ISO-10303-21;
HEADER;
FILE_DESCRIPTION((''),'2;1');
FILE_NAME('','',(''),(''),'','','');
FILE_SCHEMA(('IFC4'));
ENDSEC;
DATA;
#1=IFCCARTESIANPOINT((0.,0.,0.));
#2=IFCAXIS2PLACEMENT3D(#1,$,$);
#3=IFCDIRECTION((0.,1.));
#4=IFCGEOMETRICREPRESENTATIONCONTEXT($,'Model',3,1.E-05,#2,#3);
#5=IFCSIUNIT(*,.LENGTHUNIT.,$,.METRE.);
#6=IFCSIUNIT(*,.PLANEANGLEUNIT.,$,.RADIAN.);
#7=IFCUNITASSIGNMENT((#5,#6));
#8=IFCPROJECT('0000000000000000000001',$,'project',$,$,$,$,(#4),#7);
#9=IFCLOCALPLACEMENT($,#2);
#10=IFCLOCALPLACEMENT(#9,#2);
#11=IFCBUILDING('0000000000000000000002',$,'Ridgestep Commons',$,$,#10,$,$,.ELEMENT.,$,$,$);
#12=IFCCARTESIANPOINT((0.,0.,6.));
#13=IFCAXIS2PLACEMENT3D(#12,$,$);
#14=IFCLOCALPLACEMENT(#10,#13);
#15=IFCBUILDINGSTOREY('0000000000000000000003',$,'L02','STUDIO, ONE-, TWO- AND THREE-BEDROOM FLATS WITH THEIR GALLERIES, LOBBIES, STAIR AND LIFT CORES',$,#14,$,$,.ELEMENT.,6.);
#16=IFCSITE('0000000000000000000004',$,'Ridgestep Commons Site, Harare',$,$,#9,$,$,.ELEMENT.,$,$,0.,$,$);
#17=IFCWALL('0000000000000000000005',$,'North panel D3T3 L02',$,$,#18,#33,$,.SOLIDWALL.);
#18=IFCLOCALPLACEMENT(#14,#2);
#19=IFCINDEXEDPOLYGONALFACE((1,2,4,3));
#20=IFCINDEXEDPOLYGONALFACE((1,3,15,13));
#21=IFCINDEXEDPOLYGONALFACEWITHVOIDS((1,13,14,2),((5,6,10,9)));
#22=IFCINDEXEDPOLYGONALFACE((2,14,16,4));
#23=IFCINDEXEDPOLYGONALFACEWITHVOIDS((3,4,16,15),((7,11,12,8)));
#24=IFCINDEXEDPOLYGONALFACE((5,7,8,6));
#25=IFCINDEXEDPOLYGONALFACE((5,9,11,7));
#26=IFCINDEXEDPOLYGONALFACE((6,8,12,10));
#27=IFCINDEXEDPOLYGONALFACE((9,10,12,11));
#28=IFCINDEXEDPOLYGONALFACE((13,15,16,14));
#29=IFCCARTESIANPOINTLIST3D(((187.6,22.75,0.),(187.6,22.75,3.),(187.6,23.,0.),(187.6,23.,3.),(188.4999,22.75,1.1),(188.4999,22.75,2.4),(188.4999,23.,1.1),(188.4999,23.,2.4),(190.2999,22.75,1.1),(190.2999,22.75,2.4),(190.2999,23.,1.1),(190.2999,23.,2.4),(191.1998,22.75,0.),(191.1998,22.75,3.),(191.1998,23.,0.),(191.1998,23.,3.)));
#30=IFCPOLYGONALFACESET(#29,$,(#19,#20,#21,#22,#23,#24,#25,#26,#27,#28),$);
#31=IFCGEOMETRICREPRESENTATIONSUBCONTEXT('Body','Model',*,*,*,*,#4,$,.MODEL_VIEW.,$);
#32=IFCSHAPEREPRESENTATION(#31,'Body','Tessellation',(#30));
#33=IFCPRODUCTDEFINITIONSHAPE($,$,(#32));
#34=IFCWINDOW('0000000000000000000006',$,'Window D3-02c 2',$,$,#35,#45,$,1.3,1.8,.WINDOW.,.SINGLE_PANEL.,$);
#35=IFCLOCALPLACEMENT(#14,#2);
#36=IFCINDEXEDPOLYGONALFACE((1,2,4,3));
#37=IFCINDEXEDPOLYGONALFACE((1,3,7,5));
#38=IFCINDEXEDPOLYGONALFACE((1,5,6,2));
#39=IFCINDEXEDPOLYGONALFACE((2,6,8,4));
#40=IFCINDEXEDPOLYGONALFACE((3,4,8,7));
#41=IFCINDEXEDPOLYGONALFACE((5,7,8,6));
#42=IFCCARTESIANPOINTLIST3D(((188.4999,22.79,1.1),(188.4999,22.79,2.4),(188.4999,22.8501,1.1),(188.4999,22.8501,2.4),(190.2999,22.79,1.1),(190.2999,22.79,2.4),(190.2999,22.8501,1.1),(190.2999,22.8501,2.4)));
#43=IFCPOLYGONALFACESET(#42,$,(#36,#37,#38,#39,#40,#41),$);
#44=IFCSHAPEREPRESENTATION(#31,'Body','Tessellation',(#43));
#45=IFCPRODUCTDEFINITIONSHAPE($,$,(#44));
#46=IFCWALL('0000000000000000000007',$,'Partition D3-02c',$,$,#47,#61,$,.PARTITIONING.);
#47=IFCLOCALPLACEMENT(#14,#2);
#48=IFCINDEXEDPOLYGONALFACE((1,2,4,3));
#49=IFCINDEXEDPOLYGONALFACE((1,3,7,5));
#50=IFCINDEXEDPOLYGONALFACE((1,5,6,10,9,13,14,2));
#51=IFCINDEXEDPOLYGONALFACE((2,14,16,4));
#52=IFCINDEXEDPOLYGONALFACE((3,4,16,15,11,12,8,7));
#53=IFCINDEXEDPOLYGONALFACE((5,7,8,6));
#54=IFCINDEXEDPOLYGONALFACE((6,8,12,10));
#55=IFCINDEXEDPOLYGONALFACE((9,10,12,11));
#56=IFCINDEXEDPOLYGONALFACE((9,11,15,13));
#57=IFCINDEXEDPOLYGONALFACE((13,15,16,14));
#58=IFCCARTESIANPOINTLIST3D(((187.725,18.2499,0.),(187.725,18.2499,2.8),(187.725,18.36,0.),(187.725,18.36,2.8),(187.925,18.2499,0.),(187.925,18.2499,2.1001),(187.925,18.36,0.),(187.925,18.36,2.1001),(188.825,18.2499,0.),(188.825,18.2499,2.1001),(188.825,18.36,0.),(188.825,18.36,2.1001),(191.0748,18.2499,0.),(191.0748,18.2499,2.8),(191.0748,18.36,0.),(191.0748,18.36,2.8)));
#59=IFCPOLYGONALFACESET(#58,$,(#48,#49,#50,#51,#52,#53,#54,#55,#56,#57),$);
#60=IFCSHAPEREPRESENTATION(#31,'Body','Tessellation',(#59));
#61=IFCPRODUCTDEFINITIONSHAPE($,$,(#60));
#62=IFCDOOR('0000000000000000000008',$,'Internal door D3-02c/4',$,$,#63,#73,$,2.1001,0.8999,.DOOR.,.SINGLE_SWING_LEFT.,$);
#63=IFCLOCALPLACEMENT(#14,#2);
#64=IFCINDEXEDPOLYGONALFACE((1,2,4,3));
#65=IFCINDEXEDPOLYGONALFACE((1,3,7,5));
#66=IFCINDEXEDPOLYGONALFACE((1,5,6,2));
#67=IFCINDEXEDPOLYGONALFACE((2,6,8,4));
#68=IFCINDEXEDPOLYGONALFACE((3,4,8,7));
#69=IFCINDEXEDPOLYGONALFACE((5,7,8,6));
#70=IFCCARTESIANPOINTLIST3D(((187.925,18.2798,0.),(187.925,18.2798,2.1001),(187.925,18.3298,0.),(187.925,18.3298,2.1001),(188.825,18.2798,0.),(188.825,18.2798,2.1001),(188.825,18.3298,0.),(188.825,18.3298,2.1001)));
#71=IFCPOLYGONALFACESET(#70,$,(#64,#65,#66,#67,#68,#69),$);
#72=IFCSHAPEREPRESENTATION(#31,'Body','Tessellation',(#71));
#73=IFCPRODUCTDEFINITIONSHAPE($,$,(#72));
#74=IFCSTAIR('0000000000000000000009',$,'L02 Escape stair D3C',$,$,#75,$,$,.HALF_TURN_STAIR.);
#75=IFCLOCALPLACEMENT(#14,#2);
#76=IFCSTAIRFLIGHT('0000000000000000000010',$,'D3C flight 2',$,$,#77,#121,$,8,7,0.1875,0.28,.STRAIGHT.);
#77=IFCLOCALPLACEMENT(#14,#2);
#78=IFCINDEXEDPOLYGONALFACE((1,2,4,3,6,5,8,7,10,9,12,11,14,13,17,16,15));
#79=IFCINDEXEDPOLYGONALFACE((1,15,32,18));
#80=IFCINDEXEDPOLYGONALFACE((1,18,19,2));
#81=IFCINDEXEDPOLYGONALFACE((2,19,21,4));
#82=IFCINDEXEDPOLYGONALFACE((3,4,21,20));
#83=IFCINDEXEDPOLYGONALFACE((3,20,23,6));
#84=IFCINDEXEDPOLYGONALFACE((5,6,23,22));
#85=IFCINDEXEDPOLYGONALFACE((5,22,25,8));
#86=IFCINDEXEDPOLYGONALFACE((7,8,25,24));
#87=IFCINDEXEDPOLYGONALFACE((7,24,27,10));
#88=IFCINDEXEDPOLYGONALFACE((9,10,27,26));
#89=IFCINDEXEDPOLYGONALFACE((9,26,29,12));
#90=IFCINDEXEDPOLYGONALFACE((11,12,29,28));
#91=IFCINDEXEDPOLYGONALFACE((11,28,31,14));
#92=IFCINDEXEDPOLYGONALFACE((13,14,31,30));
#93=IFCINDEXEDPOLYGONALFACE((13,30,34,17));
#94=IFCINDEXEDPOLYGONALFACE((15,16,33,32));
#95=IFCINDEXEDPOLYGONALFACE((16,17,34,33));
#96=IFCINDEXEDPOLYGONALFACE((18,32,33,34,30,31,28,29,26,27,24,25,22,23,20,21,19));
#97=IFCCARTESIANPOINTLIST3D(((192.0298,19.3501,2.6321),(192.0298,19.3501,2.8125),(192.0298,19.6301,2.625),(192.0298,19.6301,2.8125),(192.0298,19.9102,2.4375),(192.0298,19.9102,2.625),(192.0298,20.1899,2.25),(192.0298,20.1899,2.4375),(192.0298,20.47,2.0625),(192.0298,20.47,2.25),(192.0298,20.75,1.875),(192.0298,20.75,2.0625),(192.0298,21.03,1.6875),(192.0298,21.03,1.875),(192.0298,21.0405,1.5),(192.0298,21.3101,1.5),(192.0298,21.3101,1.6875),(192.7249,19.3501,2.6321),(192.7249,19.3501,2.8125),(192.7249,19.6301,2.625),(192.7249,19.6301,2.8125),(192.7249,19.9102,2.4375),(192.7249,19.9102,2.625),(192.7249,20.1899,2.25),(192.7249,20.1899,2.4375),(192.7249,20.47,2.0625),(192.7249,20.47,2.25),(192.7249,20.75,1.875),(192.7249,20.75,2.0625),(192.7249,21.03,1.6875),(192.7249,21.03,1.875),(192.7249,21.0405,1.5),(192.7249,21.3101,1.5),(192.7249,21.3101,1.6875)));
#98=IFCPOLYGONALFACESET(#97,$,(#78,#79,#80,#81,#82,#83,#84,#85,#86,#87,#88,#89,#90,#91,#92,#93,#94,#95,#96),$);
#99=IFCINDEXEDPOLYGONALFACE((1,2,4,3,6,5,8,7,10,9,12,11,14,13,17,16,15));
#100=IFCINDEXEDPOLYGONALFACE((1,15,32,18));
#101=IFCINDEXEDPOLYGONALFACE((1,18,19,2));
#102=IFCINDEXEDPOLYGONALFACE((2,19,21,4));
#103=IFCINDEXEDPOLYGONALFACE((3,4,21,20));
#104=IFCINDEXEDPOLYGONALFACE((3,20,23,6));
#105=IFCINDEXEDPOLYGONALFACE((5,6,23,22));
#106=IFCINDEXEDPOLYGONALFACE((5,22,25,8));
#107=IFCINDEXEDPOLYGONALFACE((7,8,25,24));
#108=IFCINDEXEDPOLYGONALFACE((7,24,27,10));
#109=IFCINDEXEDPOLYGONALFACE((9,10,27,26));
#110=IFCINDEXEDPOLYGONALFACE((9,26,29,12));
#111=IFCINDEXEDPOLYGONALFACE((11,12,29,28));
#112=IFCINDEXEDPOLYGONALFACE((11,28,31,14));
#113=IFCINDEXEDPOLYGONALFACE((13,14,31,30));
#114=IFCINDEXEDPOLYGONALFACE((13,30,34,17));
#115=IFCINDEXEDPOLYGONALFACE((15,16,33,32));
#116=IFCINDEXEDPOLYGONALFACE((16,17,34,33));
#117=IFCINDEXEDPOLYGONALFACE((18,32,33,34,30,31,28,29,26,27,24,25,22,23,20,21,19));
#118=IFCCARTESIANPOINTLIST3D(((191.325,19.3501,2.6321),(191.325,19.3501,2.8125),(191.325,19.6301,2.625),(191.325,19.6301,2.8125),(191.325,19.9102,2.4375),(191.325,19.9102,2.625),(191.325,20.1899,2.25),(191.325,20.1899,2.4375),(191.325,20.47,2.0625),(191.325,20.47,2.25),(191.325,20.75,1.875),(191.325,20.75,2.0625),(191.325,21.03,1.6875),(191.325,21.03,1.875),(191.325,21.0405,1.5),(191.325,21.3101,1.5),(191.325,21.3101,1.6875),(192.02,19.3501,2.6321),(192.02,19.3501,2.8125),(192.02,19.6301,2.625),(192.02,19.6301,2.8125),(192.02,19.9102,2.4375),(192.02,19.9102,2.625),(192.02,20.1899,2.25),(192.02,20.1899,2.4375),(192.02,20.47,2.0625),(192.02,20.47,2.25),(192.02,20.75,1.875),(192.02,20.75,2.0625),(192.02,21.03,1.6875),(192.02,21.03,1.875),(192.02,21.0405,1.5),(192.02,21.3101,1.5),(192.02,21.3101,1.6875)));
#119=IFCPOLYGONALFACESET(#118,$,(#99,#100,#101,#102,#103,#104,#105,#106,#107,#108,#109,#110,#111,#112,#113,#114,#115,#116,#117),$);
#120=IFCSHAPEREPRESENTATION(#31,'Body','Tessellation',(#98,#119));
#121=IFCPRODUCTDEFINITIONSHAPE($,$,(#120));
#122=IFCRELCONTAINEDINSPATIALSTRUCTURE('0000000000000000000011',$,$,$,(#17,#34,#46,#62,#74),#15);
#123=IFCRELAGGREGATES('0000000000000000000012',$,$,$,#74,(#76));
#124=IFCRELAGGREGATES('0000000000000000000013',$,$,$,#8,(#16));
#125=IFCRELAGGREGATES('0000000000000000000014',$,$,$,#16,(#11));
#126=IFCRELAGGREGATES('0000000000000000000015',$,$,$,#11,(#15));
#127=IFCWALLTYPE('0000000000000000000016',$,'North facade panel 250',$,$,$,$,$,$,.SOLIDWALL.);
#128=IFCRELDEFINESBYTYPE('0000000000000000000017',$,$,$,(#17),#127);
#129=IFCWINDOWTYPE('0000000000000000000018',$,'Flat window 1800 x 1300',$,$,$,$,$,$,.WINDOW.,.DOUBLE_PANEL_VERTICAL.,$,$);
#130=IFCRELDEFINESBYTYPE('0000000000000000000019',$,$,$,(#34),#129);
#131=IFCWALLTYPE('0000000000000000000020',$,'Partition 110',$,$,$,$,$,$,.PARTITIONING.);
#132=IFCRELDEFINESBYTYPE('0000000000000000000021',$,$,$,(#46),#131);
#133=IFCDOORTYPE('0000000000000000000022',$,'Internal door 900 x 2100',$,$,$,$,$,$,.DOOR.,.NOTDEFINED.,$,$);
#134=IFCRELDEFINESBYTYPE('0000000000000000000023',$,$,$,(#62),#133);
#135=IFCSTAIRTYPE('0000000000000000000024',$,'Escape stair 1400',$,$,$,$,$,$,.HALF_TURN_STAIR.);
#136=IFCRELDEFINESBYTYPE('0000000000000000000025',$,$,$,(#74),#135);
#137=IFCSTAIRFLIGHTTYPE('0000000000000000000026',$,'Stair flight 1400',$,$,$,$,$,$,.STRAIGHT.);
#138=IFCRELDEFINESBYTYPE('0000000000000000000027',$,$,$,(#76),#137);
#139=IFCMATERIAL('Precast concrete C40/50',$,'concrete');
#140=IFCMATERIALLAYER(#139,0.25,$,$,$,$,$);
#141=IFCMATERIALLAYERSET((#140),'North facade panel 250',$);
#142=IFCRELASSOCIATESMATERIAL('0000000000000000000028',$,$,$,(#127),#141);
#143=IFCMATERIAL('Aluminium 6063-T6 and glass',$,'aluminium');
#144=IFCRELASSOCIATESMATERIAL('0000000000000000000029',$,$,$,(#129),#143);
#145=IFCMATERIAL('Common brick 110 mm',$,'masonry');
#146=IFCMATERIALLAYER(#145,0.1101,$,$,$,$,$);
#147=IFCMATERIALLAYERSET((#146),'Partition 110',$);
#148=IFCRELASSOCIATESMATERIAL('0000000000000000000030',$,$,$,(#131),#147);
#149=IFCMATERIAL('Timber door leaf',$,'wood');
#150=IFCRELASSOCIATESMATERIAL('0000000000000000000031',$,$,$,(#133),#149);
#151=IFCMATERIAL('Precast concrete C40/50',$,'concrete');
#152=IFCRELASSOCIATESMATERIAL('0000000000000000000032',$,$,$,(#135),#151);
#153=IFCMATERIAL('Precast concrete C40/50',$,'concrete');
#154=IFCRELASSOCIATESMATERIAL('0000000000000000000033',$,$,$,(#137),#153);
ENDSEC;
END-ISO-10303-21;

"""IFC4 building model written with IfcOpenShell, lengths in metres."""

from ifc_helpers import new_model, si_unit, direction, frame, frame_2d, origin, place, context, subcontext, project, spatial, polyline, rectangle, outline, extrude, material, layer, layer_set, type_object, element, fill, aggregate, save


model = new_model("IFC4")

# Units and contexts
model_context = context("Model", 3, precision=1e-05, world=origin(), true_north=direction((0.0, 1.0)))
body_context = subcontext(model_context, "Body", "Model", "MODEL_VIEW")
ifc_project = project(units=[si_unit("LENGTHUNIT", "METRE"), si_unit("PLANEANGLEUNIT", "RADIAN")], contexts=[model_context])

# Site, building, storey
site_placement = place(None, origin())
site = spatial("IfcSite", under=ifc_project, at=site_placement, Name="Ridgestep Commons Site, Harare", CompositionType="ELEMENT", RefElevation=0.0)
building_placement = place(site_placement, origin())
building = spatial("IfcBuilding", under=site, at=building_placement, Name="Ridgestep Commons", CompositionType="ELEMENT")
storey_placement = place(building_placement, frame((0.0, 0.0, 6.0)))
storey = spatial("IfcBuildingStorey", under=building, at=storey_placement, Name="L02", Description="STUDIO, ONE-, TWO- AND THREE-BEDROOM FLATS WITH THEIR GALLERIES, LOBBIES, STAIR AND LIFT CORES", CompositionType="ELEMENT", Elevation=6.0)

# Wall, opening, window
ifc_material_1 = material(Name="Precast concrete C40/50", Category="concrete")
ifc_layer_1 = layer(ifc_material_1, 0.25)
ifc_layer_set_1 = layer_set([ifc_layer_1], Name="North facade panel 250")
wall_type_1 = type_object("IfcWallType", Name="North facade panel 250", PredefinedType="SOLIDWALL", material=ifc_layer_set_1)
wall_1_placement = place(storey_placement, frame((187.6001, 22.875, 0.0), z_axis=(0.0, 0.0, 1.0), x_axis=(1.0, 0.0, 0.0)))
wall_1 = element("IfcWall", 1, at=wall_1_placement, inside=storey, type_object=wall_type_1, Name="North panel D3T3 L02", PredefinedType="SOLIDWALL", context=body_context, shape_type="SweptSolid", body=[
    extrude(rectangle(XDim=3.5999, YDim=0.25, at=frame_2d((1.7998, 0.0))), origin(), (0.0, 0.0, 1.0), 3.0),
])
opening_1_placement = place(wall_1_placement, frame((0.8999, 0.0, 1.1001)))
opening_1 = element("IfcOpeningElement", 2, at=opening_1_placement, cuts=wall_1, PredefinedType="OPENING", context=body_context, shape_type="SweptSolid", body=[
    extrude(rectangle(XDim=1.8, YDim=1.3, at=frame_2d((0.8999, 0.6499))), frame((0.0, 0.135, 0.0), z_axis=(0.0, -1.0, 0.0), x_axis=(1.0, 0.0, 0.0)), (0.0, 0.0, 1.0), 0.27),
])
ifc_material_2 = material(Name="Aluminium 6063-T6 and glass", Category="aluminium")
window_type = type_object("IfcWindowType", Name="Flat window 1800 x 1300", PartitioningType="DOUBLE_PANEL_VERTICAL", PredefinedType="WINDOW", material=ifc_material_2)
window_placement = place(opening_1_placement, origin())
window = element("IfcWindow", 3, at=window_placement, inside=storey, type_object=window_type, Name="Window D3-02c 2", OverallHeight=1.3, OverallWidth=1.8, PartitioningType="SINGLE_PANEL", PredefinedType="WINDOW", context=body_context, shape_type="SweptSolid", body=[
    extrude(rectangle(XDim=1.8, YDim=1.3, at=frame_2d((0.8999, 0.6499))), frame((0.0, -0.0249, 0.0), z_axis=(0.0, -1.0, 0.0), x_axis=(1.0, 0.0, 0.0)), (0.0, 0.0, 1.0), 0.0601),
])
fill(opening_1, window)

# Wall, opening, door
ifc_material_3 = material(Name="Common brick 110 mm", Category="masonry")
ifc_layer_2 = layer(ifc_material_3, 0.1101)
ifc_layer_set_2 = layer_set([ifc_layer_2], Name="Partition 110")
wall_type_2 = type_object("IfcWallType", Name="Partition 110", PredefinedType="PARTITIONING", material=ifc_layer_set_2)
wall_2_placement = place(storey_placement, frame((187.7251, 18.3049, 0.0), z_axis=(0.0, 0.0, 1.0), x_axis=(1.0, 0.0, 0.0)))
wall_2 = element("IfcWall", 4, at=wall_2_placement, inside=storey, type_object=wall_type_2, Name="Partition D3-02c", PredefinedType="PARTITIONING", context=body_context, shape_type="SweptSolid", body=[
    extrude(rectangle(XDim=3.3499, YDim=0.1101, at=frame_2d((1.6748, 0.0))), origin(), (0.0, 0.0, 1.0), 2.8),
])
opening_2_placement = place(wall_2_placement, frame((0.2, 0.0, 0.0)))
opening_2 = element("IfcOpeningElement", 5, at=opening_2_placement, cuts=wall_2, PredefinedType="OPENING", context=body_context, shape_type="SweptSolid", body=[
    extrude(rectangle(XDim=0.8999, YDim=2.1001, at=frame_2d((0.45, 1.05))), frame((0.0, 0.0649, 0.0), z_axis=(0.0, -1.0, 0.0), x_axis=(1.0, 0.0, 0.0)), (0.0, 0.0, 1.0), 0.1301),
])
ifc_material_4 = material(Name="Timber door leaf", Category="wood")
door_type_1 = type_object("IfcDoorType", Name="Internal door 900 x 2100", OperationType="NOTDEFINED", PredefinedType="DOOR", material=ifc_material_4)
door_1_placement = place(opening_2_placement, origin())
door_1 = element("IfcDoor", 6, at=door_1_placement, inside=storey, type_object=door_type_1, Name="Internal door D3-02c/4", OperationType="SINGLE_SWING_LEFT", OverallHeight=2.1001, OverallWidth=0.8999, PredefinedType="DOOR", context=body_context, shape_type="SweptSolid", body=[
    extrude(rectangle(XDim=0.8999, YDim=2.1001, at=frame_2d((0.45, 1.05))), frame((0.0, 0.0249, 0.0), z_axis=(0.0, -1.0, 0.0), x_axis=(1.0, 0.0, 0.0)), (0.0, 0.0, 1.0), 0.05),
])
fill(opening_2, door_1)

# Stair, stair flight
ifc_material_5 = material(Name="Precast concrete C40/50", Category="concrete")
stair_type = type_object("IfcStairType", Name="Escape stair 1400", PredefinedType="HALF_TURN_STAIR", material=ifc_material_5)
stair_placement = place(storey_placement, origin())
stair = element("IfcStair", 7, at=stair_placement, inside=storey, type_object=stair_type, Name="L02 Escape stair D3C", PredefinedType="HALF_TURN_STAIR")
ifc_material_6 = material(Name="Precast concrete C40/50", Category="concrete")
stair_flight_type = type_object("IfcStairFlightType", Name="Stair flight 1400", PredefinedType="STRAIGHT", material=ifc_material_6)
stair_flight_placement = place(storey_placement, frame((192.0249, 21.3101, 1.5), z_axis=(0.0, 0.0, 1.0), x_axis=(0.0, -1.0, 0.0)))
stair_flight = element("IfcStairFlight", 8, at=stair_flight_placement, type_object=stair_flight_type, Name="D3C flight 2", NumberOfRisers=8, NumberOfTreads=7, PredefinedType="STRAIGHT", RiserHeight=0.1875, TreadLength=0.28, context=body_context, shape_type="SweptSolid", body=[
    extrude(outline(polyline([(0.0, 0.0), (0.0, 0.1875), (0.28, 0.1875), (0.28, 0.375), (0.5601, 0.375), (0.5601, 0.5625), (0.8401, 0.5625), (0.8401, 0.75), (1.1201, 0.75), (1.1201, 0.9375), (1.3999, 0.9375), (1.3999, 1.125), (1.6799, 1.125), (1.6799, 1.3125), (1.96, 1.3125), (1.96, 1.5), (1.96, 1.1321), (0.2695, 0.0), (0.0, 0.0)])), frame((0.0, 0.7, 0.0), z_axis=(0.0, -1.0, 0.0), x_axis=(1.0, 0.0, 0.0)), (0.0, 0.0, 1.0), 0.6951),
    extrude(outline(polyline([(0.0, 0.0), (0.0, 0.1875), (0.28, 0.1875), (0.28, 0.375), (0.5601, 0.375), (0.5601, 0.5625), (0.8401, 0.5625), (0.8401, 0.75), (1.1201, 0.75), (1.1201, 0.9375), (1.3999, 0.9375), (1.3999, 1.125), (1.6799, 1.125), (1.6799, 1.3125), (1.96, 1.3125), (1.96, 1.5), (1.96, 1.1321), (0.2695, 0.0), (0.0, 0.0)])), frame((0.0, -0.0049, 0.0), z_axis=(0.0, -1.0, 0.0), x_axis=(1.0, 0.0, 0.0)), (0.0, 0.0, 1.0), 0.6951),
])
aggregate(stair, [stair_flight])

save(model, "model.ifc")
